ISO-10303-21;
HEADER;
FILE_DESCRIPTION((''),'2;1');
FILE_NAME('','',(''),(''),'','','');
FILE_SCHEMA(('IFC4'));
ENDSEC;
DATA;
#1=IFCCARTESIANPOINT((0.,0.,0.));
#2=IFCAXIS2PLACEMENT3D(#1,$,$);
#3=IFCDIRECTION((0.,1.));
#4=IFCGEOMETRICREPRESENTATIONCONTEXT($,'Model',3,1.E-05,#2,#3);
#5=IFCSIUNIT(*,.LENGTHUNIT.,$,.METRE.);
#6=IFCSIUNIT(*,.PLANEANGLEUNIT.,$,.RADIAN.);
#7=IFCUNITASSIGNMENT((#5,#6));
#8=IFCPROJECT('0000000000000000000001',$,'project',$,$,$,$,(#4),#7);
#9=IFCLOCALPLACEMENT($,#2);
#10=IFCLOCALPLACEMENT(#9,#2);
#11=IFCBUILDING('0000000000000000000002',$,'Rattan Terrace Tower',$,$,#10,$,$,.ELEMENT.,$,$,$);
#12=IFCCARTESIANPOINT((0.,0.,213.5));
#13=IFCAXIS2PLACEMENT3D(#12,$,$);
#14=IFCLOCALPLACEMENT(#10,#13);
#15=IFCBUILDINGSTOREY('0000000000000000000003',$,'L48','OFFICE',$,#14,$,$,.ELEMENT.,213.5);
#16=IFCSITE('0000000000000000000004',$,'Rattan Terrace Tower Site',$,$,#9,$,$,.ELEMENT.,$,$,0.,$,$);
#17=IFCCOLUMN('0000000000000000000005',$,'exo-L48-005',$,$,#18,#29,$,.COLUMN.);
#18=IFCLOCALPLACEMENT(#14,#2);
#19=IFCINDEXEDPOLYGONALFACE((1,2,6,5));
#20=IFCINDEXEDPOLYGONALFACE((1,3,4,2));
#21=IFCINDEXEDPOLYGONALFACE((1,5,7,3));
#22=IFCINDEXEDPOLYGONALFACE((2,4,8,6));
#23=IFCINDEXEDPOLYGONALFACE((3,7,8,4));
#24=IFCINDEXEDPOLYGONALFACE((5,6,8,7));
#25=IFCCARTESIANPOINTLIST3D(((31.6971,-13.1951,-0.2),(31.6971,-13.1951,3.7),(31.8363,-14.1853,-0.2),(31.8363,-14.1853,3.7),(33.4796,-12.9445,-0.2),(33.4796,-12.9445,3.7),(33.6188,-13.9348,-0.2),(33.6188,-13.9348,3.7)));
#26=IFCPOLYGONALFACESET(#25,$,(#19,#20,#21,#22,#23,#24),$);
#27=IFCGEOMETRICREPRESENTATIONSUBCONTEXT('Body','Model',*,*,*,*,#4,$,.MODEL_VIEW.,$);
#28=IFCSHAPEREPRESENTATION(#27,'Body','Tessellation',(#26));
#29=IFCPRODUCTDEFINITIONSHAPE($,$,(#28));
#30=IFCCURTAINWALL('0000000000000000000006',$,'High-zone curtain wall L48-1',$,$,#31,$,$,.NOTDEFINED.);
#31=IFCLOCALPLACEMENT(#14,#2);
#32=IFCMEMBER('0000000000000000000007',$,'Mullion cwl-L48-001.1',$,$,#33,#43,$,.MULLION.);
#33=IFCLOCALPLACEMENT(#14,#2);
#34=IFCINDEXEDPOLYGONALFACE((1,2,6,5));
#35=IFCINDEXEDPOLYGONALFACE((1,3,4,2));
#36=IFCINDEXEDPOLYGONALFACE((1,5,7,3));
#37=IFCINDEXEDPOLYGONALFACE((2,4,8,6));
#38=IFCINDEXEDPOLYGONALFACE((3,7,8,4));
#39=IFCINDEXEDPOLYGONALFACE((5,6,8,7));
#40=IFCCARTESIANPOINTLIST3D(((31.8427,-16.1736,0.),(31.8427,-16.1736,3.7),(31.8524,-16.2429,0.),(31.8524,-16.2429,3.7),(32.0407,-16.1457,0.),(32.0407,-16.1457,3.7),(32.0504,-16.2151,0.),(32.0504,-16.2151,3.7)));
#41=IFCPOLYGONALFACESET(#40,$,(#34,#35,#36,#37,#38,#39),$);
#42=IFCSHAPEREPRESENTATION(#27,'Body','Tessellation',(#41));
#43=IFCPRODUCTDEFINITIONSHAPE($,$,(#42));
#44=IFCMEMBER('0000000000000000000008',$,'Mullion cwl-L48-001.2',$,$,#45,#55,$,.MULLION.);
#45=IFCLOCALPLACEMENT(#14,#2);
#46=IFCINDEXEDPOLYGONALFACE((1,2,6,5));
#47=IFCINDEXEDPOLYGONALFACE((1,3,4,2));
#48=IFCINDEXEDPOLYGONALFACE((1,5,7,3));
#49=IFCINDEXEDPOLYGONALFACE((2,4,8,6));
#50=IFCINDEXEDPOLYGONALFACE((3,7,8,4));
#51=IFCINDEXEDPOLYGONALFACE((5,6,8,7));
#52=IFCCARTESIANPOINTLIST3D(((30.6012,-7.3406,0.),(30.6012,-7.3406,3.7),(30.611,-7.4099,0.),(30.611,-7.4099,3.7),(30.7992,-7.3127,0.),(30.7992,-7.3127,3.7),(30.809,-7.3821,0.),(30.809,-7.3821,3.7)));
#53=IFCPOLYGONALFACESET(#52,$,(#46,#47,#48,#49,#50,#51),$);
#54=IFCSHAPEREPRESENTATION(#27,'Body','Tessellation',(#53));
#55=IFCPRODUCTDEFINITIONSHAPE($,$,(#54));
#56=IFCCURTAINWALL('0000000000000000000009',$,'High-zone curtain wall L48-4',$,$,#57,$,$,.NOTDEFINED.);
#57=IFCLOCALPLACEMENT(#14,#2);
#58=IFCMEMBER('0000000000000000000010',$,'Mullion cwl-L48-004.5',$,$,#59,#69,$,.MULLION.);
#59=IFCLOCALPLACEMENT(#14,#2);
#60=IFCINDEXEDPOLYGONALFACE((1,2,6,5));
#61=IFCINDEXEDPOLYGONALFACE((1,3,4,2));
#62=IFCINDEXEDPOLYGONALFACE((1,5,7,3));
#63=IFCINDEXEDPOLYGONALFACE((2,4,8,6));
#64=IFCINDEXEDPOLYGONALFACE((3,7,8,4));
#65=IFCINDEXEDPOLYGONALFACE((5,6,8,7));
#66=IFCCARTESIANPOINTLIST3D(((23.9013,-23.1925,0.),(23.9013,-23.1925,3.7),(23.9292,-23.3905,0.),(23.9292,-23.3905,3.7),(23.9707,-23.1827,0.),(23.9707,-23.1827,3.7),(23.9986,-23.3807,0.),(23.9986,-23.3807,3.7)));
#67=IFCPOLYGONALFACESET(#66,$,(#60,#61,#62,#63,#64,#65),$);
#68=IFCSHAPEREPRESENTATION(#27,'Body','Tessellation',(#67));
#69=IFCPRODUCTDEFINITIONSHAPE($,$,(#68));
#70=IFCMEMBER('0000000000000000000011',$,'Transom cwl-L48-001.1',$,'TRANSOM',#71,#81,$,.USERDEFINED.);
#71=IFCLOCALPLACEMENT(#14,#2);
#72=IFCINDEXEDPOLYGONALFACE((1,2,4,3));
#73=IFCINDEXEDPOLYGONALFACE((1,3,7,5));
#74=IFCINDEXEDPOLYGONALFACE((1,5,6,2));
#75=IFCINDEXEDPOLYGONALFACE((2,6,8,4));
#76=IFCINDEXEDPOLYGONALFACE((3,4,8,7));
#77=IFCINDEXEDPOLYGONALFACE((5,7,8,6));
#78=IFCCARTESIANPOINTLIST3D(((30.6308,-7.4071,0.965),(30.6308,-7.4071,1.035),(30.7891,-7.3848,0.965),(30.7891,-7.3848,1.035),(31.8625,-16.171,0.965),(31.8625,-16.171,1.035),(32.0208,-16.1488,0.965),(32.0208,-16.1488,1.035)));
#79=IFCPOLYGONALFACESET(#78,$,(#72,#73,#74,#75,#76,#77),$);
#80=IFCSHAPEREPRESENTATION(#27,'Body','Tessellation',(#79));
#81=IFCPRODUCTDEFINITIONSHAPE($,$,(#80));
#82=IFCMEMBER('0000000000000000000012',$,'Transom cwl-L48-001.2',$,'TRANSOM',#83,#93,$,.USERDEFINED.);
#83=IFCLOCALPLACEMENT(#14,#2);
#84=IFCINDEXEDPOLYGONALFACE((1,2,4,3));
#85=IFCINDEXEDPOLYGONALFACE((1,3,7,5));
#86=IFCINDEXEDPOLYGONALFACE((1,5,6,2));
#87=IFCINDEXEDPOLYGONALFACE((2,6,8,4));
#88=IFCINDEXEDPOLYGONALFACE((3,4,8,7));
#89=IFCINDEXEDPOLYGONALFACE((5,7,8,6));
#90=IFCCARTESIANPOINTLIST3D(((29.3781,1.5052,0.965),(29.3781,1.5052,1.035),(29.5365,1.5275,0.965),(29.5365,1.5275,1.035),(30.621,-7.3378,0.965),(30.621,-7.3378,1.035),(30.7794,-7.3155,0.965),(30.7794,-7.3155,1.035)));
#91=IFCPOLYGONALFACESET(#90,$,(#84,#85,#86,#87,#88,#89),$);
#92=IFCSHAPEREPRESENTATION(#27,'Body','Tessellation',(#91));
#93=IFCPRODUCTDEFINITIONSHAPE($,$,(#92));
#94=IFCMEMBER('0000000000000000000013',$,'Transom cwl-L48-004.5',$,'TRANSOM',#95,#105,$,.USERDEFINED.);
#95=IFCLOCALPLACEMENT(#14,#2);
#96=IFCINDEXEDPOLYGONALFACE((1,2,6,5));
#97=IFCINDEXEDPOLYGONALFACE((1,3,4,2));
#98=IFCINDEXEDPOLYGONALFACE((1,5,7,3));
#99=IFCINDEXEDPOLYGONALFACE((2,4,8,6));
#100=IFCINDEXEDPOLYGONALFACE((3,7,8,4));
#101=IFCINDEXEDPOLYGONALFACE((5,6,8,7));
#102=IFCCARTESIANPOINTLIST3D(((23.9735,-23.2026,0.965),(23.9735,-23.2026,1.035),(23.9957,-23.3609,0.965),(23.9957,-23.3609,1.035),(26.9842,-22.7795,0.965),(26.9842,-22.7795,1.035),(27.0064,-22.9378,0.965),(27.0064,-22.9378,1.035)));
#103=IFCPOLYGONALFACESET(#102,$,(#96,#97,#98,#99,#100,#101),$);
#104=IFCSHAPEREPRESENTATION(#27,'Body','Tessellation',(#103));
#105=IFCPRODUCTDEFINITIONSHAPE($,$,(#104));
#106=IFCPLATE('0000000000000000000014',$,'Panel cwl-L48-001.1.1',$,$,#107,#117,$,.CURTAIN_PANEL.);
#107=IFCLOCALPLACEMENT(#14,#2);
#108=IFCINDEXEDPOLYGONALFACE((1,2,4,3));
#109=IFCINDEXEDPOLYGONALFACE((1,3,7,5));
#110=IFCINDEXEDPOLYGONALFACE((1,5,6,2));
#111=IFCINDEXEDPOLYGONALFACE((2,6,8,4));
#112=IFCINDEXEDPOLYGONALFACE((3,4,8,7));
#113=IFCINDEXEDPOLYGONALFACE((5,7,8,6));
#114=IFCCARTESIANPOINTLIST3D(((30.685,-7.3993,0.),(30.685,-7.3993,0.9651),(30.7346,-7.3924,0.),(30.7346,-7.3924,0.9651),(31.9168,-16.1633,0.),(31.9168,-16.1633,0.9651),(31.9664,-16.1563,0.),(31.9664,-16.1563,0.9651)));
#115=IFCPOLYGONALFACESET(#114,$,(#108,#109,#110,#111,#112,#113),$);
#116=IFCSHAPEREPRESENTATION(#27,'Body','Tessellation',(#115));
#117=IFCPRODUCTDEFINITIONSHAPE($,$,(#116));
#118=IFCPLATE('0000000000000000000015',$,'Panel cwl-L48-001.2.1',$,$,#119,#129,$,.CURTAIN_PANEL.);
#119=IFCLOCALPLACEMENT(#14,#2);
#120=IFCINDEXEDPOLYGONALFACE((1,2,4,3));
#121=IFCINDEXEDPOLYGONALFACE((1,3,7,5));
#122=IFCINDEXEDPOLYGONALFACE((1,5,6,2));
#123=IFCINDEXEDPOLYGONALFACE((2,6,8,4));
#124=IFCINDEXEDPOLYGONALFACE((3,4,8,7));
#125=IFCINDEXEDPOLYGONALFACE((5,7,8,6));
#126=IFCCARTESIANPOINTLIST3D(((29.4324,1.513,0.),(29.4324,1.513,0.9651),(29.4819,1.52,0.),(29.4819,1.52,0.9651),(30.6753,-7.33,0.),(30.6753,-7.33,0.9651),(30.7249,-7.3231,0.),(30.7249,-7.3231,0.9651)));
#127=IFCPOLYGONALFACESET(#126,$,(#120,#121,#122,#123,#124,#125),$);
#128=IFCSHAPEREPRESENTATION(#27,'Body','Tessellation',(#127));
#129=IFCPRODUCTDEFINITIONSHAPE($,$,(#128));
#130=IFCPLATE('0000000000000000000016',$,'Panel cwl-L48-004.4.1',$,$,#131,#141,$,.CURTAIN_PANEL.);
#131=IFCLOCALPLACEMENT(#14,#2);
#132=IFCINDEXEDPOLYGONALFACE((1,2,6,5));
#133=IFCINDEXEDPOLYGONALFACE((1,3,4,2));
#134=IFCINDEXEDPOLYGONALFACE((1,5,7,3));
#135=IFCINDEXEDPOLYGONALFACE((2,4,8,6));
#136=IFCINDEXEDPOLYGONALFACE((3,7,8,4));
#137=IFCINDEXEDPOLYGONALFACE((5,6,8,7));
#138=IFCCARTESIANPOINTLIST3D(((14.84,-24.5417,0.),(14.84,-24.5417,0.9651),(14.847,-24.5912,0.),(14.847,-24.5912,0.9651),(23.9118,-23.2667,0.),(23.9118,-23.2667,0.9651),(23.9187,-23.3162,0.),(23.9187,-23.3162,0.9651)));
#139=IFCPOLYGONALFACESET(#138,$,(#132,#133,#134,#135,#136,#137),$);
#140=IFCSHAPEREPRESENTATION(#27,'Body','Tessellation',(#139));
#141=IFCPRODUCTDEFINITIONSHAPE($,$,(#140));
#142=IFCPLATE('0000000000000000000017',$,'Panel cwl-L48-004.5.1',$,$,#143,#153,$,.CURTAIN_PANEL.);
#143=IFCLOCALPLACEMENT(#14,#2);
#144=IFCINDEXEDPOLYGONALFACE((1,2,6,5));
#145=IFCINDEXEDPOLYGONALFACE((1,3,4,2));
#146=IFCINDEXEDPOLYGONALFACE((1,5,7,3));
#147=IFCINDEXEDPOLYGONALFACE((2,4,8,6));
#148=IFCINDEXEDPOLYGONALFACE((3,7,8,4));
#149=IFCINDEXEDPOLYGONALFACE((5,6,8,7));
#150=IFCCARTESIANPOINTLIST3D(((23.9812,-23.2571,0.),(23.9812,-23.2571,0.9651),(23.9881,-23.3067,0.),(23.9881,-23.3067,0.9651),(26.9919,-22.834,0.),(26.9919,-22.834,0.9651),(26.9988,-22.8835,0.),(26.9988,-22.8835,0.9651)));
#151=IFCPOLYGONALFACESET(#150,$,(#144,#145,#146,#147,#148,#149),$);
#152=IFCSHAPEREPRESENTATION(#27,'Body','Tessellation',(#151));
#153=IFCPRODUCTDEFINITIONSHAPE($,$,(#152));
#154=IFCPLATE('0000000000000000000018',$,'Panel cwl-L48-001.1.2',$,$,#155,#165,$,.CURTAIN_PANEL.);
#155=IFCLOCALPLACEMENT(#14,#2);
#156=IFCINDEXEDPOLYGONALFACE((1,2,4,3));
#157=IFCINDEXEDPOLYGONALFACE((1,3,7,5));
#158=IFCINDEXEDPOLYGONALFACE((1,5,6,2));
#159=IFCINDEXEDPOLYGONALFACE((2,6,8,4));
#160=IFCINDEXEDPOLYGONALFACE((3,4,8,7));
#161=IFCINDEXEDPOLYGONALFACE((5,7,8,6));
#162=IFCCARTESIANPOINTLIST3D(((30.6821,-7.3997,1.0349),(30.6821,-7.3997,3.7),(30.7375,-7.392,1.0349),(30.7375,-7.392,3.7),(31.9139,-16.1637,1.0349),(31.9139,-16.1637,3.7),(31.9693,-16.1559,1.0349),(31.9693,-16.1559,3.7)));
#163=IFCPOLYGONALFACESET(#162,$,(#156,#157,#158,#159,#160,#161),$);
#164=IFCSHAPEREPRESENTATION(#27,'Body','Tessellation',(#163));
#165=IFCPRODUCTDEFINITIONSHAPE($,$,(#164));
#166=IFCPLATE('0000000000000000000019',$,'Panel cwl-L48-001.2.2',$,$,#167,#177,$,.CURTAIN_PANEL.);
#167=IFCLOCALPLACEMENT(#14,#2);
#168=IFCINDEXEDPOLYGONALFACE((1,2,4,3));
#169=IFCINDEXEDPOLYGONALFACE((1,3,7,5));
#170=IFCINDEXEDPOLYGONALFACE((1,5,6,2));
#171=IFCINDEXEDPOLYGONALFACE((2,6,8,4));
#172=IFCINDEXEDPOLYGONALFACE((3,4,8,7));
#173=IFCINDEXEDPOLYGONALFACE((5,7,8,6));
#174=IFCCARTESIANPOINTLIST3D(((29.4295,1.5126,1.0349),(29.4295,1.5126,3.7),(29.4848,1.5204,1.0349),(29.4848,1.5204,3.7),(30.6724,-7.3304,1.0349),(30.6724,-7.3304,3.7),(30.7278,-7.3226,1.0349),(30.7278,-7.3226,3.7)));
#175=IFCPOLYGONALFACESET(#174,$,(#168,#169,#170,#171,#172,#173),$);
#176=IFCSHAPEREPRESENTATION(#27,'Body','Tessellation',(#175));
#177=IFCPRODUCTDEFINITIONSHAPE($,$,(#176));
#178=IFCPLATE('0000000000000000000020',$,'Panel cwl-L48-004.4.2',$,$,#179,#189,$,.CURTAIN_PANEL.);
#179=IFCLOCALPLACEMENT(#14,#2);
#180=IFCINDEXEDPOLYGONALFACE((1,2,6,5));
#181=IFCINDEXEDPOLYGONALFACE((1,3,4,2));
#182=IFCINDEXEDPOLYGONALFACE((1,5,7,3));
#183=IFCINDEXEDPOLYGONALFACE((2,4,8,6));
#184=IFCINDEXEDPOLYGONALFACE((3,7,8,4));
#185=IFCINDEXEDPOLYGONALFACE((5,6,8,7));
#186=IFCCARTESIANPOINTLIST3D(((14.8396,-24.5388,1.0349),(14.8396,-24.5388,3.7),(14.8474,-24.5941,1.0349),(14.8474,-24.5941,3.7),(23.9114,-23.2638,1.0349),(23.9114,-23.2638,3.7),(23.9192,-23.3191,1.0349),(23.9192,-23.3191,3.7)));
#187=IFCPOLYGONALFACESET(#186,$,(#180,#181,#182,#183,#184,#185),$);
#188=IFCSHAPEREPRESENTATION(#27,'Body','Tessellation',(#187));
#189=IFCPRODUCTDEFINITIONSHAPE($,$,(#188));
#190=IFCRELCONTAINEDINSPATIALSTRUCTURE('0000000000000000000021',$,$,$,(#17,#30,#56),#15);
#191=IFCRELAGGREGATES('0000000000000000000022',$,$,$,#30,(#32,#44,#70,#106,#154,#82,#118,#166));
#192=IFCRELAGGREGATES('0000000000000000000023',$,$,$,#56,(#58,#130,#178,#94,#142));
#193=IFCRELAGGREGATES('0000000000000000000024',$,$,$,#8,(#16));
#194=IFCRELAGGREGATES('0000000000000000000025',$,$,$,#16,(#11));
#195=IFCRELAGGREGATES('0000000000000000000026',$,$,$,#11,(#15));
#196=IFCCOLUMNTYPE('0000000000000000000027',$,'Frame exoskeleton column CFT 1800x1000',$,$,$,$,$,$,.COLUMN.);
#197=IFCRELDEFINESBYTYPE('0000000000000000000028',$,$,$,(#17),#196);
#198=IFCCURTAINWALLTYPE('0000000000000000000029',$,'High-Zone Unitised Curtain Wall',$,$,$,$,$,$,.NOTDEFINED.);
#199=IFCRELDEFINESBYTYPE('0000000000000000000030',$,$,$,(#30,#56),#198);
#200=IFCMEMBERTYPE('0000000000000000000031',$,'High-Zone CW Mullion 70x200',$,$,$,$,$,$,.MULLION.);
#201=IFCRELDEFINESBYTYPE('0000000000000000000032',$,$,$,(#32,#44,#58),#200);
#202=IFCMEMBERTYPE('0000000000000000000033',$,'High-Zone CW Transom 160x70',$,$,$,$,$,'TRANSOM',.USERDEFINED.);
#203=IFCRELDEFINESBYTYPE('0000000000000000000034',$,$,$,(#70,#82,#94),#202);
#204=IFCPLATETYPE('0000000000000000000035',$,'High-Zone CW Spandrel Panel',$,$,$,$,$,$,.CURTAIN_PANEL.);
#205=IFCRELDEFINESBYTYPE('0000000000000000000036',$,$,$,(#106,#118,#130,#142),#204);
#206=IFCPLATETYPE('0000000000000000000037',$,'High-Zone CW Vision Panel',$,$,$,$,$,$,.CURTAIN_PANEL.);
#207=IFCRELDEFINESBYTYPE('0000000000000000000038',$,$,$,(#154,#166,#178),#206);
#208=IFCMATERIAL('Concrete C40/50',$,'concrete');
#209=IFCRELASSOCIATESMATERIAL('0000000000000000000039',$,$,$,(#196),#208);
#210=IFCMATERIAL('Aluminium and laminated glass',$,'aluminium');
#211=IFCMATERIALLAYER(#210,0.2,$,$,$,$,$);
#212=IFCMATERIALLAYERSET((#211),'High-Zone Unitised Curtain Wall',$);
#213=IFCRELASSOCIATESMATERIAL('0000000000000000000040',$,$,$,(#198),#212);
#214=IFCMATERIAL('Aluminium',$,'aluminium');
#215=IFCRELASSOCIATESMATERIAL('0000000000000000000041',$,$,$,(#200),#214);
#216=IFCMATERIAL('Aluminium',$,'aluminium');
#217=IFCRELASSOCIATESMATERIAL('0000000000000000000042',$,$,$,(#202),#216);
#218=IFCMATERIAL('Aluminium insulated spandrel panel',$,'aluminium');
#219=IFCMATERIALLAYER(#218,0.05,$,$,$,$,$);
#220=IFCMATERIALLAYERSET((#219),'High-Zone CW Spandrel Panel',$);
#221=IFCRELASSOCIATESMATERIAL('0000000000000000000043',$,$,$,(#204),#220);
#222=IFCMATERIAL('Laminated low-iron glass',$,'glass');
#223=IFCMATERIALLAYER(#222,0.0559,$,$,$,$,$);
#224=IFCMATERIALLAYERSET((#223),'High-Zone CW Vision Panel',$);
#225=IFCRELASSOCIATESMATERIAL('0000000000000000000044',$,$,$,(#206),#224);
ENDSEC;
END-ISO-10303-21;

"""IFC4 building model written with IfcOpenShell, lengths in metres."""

from ifc_helpers import new_model, si_unit, direction, frame, origin, origin_2d, place, context, subcontext, project, spatial, rectangle, extrude, material, layer, layer_set, material_profile, profile_set, type_object, element, aggregate, save


model = new_model("IFC4")

# Units and contexts
model_context = context("Model", 3, precision=1e-05, world=origin(), true_north=direction((0.0, 1.0)))
body_context = subcontext(model_context, "Body", "Model", "MODEL_VIEW")
ifc_project = project(units=[si_unit("LENGTHUNIT", "METRE"), si_unit("PLANEANGLEUNIT", "RADIAN")], contexts=[model_context])

# Site, building, storey
site_placement = place(None, origin())
site = spatial("IfcSite", under=ifc_project, at=site_placement, Name="Rattan Terrace Tower Site", CompositionType="ELEMENT", RefElevation=0.0)
building_placement = place(site_placement, origin())
building = spatial("IfcBuilding", under=site, at=building_placement, Name="Rattan Terrace Tower", CompositionType="ELEMENT")
storey_placement = place(building_placement, frame((0.0, 0.0, 213.5)))
storey = spatial("IfcBuildingStorey", under=building, at=storey_placement, Name="L48", Description="OFFICE", CompositionType="ELEMENT", Elevation=213.5)

# Column
ifc_material_1 = material(Name="Concrete C40/50", Category="concrete")
ifc_material_profile_1 = material_profile(ifc_material_1, rectangle(XDim=1.0, YDim=1.8, at=origin_2d()), Name="CFT 1800x1000")
ifc_profile_set_1 = profile_set([ifc_material_profile_1], Name="Concrete C40/50")
column_type = type_object("IfcColumnType", Name="Frame exoskeleton column CFT 1800x1000", PredefinedType="COLUMN", material=ifc_profile_set_1)
column_placement = place(storey_placement, frame((32.658, -13.5649, -0.2), z_axis=(0.0, 0.0, 1.0), x_axis=(-0.13919, 0.990266, 0.0)))
element("IfcColumn", 1, at=column_placement, inside=storey, type_object=column_type, Name="exo-L48-005", PredefinedType="COLUMN", context=body_context, shape_type="SweptSolid", body=[
    extrude(rectangle(XDim=1.0, YDim=1.8, at=origin_2d()), origin(), (0.0, 0.0, 1.0), 3.8999),
])

# Curtain wall, members
ifc_material_2 = material(Name="Aluminium and laminated glass", Category="aluminium")
ifc_layer_1 = layer(ifc_material_2, 0.2)
ifc_layer_set_1 = layer_set([ifc_layer_1], Name="High-Zone Unitised Curtain Wall")
curtain_wall_type = type_object("IfcCurtainWallType", Name="High-Zone Unitised Curtain Wall", PredefinedType="NOTDEFINED", material=ifc_layer_set_1)
curtain_wall_1_placement = place(storey_placement, origin())
curtain_wall_1 = element("IfcCurtainWall", 2, at=curtain_wall_1_placement, inside=storey, type_object=curtain_wall_type, Name="High-zone curtain wall L48-1", PredefinedType="NOTDEFINED")
ifc_material_3 = material(Name="Aluminium", Category="aluminium")
ifc_material_profile_2 = material_profile(ifc_material_3, rectangle(XDim=0.0701, YDim=0.2, at=origin_2d()), Name="Aluminium 70x200")
ifc_profile_set_2 = profile_set([ifc_material_profile_2], Name="Aluminium")
member_type_1 = type_object("IfcMemberType", Name="High-Zone CW Mullion 70x200", PredefinedType="MULLION", material=ifc_profile_set_2)
member_1_placement = place(storey_placement, frame((31.9465, -16.1943, 0.0), z_axis=(0.0, 0.0, 1.0), x_axis=(-0.139186, 0.990266, 0.0)))
member_1 = element("IfcMember", 3, at=member_1_placement, type_object=member_type_1, Name="Mullion cwl-L48-001.1", PredefinedType="MULLION", context=body_context, shape_type="SweptSolid", body=[
    extrude(rectangle(XDim=0.0701, YDim=0.2, at=origin_2d()), origin(), (0.0, 0.0, 1.0), 3.7),
])
member_2_placement = place(storey_placement, frame((30.7051, -7.3613, 0.0), z_axis=(0.0, 0.0, 1.0), x_axis=(-0.139186, 0.990266, 0.0)))
member_2 = element("IfcMember", 4, at=member_2_placement, type_object=member_type_1, Name="Mullion cwl-L48-001.2", PredefinedType="MULLION", context=body_context, shape_type="SweptSolid", body=[
    extrude(rectangle(XDim=0.0701, YDim=0.2, at=origin_2d()), origin(), (0.0, 0.0, 1.0), 3.7),
])

# Curtain wall, member
curtain_wall_2_placement = place(storey_placement, origin())
curtain_wall_2 = element("IfcCurtainWall", 5, at=curtain_wall_2_placement, inside=storey, type_object=curtain_wall_type, Name="High-zone curtain wall L48-4", PredefinedType="NOTDEFINED")
member_3_placement = place(storey_placement, frame((23.95, -23.2866, 0.0), z_axis=(0.0, 0.0, 1.0), x_axis=(0.990267, 0.139177, 0.0)))
member_3 = element("IfcMember", 6, at=member_3_placement, type_object=member_type_1, Name="Mullion cwl-L48-004.5", PredefinedType="MULLION", context=body_context, shape_type="SweptSolid", body=[
    extrude(rectangle(XDim=0.0701, YDim=0.2, at=origin_2d()), origin(), (0.0, 0.0, 1.0), 3.7),
])

# Members
ifc_material_4 = material(Name="Aluminium", Category="aluminium")
ifc_material_profile_3 = material_profile(ifc_material_4, rectangle(XDim=0.1599, YDim=0.0701, at=origin_2d()), Name="Aluminium 160x70")
ifc_profile_set_3 = profile_set([ifc_material_profile_3], Name="Aluminium")
member_type_2 = type_object("IfcMemberType", Name="High-Zone CW Transom 160x70", ElementType="TRANSOM", PredefinedType="USERDEFINED", material=ifc_profile_set_3)
member_4_placement = place(storey_placement, frame((31.9417, -16.1599, 1.0), z_axis=(-0.139173, 0.990268, 0.0), x_axis=(-0.990268, -0.139173, 0.0)))
member_4 = element("IfcMember", 7, at=member_4_placement, type_object=member_type_2, Name="Transom cwl-L48-001.1", ObjectType="TRANSOM", PredefinedType="USERDEFINED", context=body_context, shape_type="SweptSolid", body=[
    extrude(rectangle(XDim=0.1599, YDim=0.0701, at=origin_2d()), origin(), (0.0, 0.0, 1.0), 8.8501),
])
member_5_placement = place(storey_placement, frame((30.7002, -7.3267, 1.0), z_axis=(-0.139186, 0.990266, 0.0), x_axis=(-0.990266, -0.139186, 0.0)))
member_5 = element("IfcMember", 8, at=member_5_placement, type_object=member_type_2, Name="Transom cwl-L48-001.2", ObjectType="TRANSOM", PredefinedType="USERDEFINED", context=body_context, shape_type="SweptSolid", body=[
    extrude(rectangle(XDim=0.1599, YDim=0.0701, at=origin_2d()), origin(), (0.0, 0.0, 1.0), 8.9299),
])
member_6_placement = place(storey_placement, frame((23.9846, -23.2817, 1.0), z_axis=(0.99027, 0.139161, 0.0), x_axis=(-0.139161, 0.99027, 0.0)))
member_6 = element("IfcMember", 9, at=member_6_placement, type_object=member_type_2, Name="Transom cwl-L48-004.5", ObjectType="TRANSOM", PredefinedType="USERDEFINED", context=body_context, shape_type="SweptSolid", body=[
    extrude(rectangle(XDim=0.1599, YDim=0.0701, at=origin_2d()), origin(), (0.0, 0.0, 1.0), 3.0403),
])

# Plates
ifc_material_5 = material(Name="Aluminium insulated spandrel panel", Category="aluminium")
ifc_layer_2 = layer(ifc_material_5, 0.05)
ifc_layer_set_2 = layer_set([ifc_layer_2], Name="High-Zone CW Spandrel Panel")
plate_type_1 = type_object("IfcPlateType", Name="High-Zone CW Spandrel Panel", PredefinedType="CURTAIN_PANEL", material=ifc_layer_set_2)
plate_1_placement = place(storey_placement, frame((31.3257, -11.7778, 0.0), z_axis=(0.0, 0.0, 1.0), x_axis=(-0.139186, 0.990266, 0.0)))
plate_1 = element("IfcPlate", 10, at=plate_1_placement, type_object=plate_type_1, Name="Panel cwl-L48-001.1.1", PredefinedType="CURTAIN_PANEL", context=body_context, shape_type="SweptSolid", body=[
    extrude(rectangle(XDim=8.8501, YDim=0.05, at=origin_2d()), origin(), (0.0, 0.0, 1.0), 0.9651),
])
plate_2_placement = place(storey_placement, frame((30.0786, -2.905, 0.0), z_axis=(0.0, 0.0, 1.0), x_axis=(-0.139186, 0.990266, 0.0)))
plate_2 = element("IfcPlate", 11, at=plate_2_placement, type_object=plate_type_1, Name="Panel cwl-L48-001.2.1", PredefinedType="CURTAIN_PANEL", context=body_context, shape_type="SweptSolid", body=[
    extrude(rectangle(XDim=8.9299, YDim=0.05, at=origin_2d()), origin(), (0.0, 0.0, 1.0), 0.9651),
])
plate_3_placement = place(storey_placement, frame((19.3794, -23.929, 0.0), z_axis=(0.0, 0.0, 1.0), x_axis=(0.990267, 0.139177, 0.0)))
plate_3 = element("IfcPlate", 12, at=plate_3_placement, type_object=plate_type_1, Name="Panel cwl-L48-004.4.1", PredefinedType="CURTAIN_PANEL", context=body_context, shape_type="SweptSolid", body=[
    extrude(rectangle(XDim=9.1609, YDim=0.05, at=origin_2d()), origin(), (0.0, 0.0, 1.0), 0.9651),
])
plate_4_placement = place(storey_placement, frame((25.49, -23.0703, 0.0), z_axis=(0.0, 0.0, 1.0), x_axis=(0.990267, 0.139177, 0.0)))
plate_4 = element("IfcPlate", 13, at=plate_4_placement, type_object=plate_type_1, Name="Panel cwl-L48-004.5.1", PredefinedType="CURTAIN_PANEL", context=body_context, shape_type="SweptSolid", body=[
    extrude(rectangle(XDim=3.0403, YDim=0.05, at=origin_2d()), origin(), (0.0, 0.0, 1.0), 0.9651),
])
ifc_material_6 = material(Name="Laminated low-iron glass", Category="glass")
ifc_layer_3 = layer(ifc_material_6, 0.0559)
ifc_layer_set_3 = layer_set([ifc_layer_3], Name="High-Zone CW Vision Panel")
plate_type_2 = type_object("IfcPlateType", Name="High-Zone CW Vision Panel", PredefinedType="CURTAIN_PANEL", material=ifc_layer_set_3)
plate_5_placement = place(storey_placement, frame((31.3257, -11.7778, 1.0349), z_axis=(0.0, 0.0, 1.0), x_axis=(-0.139186, 0.990266, 0.0)))
plate_5 = element("IfcPlate", 14, at=plate_5_placement, type_object=plate_type_2, Name="Panel cwl-L48-001.1.2", PredefinedType="CURTAIN_PANEL", context=body_context, shape_type="SweptSolid", body=[
    extrude(rectangle(XDim=8.8501, YDim=0.0559, at=origin_2d()), origin(), (0.0, 0.0, 1.0), 2.665),
])
plate_6_placement = place(storey_placement, frame((30.0786, -2.905, 1.0349), z_axis=(0.0, 0.0, 1.0), x_axis=(-0.139186, 0.990266, 0.0)))
plate_6 = element("IfcPlate", 15, at=plate_6_placement, type_object=plate_type_2, Name="Panel cwl-L48-001.2.2", PredefinedType="CURTAIN_PANEL", context=body_context, shape_type="SweptSolid", body=[
    extrude(rectangle(XDim=8.9299, YDim=0.0559, at=origin_2d()), origin(), (0.0, 0.0, 1.0), 2.665),
])
aggregate(curtain_wall_1, [member_1, member_2, member_4, plate_1, plate_5, member_5, plate_2, plate_6])
plate_7_placement = place(storey_placement, frame((19.3794, -23.929, 1.0349), z_axis=(0.0, 0.0, 1.0), x_axis=(0.990267, 0.139177, 0.0)))
plate_7 = element("IfcPlate", 16, at=plate_7_placement, type_object=plate_type_2, Name="Panel cwl-L48-004.4.2", PredefinedType="CURTAIN_PANEL", context=body_context, shape_type="SweptSolid", body=[
    extrude(rectangle(XDim=9.1609, YDim=0.0559, at=origin_2d()), origin(), (0.0, 0.0, 1.0), 2.665),
])
aggregate(curtain_wall_2, [member_3, plate_3, plate_7, member_6, plate_4])

save(model, "model.ifc")
